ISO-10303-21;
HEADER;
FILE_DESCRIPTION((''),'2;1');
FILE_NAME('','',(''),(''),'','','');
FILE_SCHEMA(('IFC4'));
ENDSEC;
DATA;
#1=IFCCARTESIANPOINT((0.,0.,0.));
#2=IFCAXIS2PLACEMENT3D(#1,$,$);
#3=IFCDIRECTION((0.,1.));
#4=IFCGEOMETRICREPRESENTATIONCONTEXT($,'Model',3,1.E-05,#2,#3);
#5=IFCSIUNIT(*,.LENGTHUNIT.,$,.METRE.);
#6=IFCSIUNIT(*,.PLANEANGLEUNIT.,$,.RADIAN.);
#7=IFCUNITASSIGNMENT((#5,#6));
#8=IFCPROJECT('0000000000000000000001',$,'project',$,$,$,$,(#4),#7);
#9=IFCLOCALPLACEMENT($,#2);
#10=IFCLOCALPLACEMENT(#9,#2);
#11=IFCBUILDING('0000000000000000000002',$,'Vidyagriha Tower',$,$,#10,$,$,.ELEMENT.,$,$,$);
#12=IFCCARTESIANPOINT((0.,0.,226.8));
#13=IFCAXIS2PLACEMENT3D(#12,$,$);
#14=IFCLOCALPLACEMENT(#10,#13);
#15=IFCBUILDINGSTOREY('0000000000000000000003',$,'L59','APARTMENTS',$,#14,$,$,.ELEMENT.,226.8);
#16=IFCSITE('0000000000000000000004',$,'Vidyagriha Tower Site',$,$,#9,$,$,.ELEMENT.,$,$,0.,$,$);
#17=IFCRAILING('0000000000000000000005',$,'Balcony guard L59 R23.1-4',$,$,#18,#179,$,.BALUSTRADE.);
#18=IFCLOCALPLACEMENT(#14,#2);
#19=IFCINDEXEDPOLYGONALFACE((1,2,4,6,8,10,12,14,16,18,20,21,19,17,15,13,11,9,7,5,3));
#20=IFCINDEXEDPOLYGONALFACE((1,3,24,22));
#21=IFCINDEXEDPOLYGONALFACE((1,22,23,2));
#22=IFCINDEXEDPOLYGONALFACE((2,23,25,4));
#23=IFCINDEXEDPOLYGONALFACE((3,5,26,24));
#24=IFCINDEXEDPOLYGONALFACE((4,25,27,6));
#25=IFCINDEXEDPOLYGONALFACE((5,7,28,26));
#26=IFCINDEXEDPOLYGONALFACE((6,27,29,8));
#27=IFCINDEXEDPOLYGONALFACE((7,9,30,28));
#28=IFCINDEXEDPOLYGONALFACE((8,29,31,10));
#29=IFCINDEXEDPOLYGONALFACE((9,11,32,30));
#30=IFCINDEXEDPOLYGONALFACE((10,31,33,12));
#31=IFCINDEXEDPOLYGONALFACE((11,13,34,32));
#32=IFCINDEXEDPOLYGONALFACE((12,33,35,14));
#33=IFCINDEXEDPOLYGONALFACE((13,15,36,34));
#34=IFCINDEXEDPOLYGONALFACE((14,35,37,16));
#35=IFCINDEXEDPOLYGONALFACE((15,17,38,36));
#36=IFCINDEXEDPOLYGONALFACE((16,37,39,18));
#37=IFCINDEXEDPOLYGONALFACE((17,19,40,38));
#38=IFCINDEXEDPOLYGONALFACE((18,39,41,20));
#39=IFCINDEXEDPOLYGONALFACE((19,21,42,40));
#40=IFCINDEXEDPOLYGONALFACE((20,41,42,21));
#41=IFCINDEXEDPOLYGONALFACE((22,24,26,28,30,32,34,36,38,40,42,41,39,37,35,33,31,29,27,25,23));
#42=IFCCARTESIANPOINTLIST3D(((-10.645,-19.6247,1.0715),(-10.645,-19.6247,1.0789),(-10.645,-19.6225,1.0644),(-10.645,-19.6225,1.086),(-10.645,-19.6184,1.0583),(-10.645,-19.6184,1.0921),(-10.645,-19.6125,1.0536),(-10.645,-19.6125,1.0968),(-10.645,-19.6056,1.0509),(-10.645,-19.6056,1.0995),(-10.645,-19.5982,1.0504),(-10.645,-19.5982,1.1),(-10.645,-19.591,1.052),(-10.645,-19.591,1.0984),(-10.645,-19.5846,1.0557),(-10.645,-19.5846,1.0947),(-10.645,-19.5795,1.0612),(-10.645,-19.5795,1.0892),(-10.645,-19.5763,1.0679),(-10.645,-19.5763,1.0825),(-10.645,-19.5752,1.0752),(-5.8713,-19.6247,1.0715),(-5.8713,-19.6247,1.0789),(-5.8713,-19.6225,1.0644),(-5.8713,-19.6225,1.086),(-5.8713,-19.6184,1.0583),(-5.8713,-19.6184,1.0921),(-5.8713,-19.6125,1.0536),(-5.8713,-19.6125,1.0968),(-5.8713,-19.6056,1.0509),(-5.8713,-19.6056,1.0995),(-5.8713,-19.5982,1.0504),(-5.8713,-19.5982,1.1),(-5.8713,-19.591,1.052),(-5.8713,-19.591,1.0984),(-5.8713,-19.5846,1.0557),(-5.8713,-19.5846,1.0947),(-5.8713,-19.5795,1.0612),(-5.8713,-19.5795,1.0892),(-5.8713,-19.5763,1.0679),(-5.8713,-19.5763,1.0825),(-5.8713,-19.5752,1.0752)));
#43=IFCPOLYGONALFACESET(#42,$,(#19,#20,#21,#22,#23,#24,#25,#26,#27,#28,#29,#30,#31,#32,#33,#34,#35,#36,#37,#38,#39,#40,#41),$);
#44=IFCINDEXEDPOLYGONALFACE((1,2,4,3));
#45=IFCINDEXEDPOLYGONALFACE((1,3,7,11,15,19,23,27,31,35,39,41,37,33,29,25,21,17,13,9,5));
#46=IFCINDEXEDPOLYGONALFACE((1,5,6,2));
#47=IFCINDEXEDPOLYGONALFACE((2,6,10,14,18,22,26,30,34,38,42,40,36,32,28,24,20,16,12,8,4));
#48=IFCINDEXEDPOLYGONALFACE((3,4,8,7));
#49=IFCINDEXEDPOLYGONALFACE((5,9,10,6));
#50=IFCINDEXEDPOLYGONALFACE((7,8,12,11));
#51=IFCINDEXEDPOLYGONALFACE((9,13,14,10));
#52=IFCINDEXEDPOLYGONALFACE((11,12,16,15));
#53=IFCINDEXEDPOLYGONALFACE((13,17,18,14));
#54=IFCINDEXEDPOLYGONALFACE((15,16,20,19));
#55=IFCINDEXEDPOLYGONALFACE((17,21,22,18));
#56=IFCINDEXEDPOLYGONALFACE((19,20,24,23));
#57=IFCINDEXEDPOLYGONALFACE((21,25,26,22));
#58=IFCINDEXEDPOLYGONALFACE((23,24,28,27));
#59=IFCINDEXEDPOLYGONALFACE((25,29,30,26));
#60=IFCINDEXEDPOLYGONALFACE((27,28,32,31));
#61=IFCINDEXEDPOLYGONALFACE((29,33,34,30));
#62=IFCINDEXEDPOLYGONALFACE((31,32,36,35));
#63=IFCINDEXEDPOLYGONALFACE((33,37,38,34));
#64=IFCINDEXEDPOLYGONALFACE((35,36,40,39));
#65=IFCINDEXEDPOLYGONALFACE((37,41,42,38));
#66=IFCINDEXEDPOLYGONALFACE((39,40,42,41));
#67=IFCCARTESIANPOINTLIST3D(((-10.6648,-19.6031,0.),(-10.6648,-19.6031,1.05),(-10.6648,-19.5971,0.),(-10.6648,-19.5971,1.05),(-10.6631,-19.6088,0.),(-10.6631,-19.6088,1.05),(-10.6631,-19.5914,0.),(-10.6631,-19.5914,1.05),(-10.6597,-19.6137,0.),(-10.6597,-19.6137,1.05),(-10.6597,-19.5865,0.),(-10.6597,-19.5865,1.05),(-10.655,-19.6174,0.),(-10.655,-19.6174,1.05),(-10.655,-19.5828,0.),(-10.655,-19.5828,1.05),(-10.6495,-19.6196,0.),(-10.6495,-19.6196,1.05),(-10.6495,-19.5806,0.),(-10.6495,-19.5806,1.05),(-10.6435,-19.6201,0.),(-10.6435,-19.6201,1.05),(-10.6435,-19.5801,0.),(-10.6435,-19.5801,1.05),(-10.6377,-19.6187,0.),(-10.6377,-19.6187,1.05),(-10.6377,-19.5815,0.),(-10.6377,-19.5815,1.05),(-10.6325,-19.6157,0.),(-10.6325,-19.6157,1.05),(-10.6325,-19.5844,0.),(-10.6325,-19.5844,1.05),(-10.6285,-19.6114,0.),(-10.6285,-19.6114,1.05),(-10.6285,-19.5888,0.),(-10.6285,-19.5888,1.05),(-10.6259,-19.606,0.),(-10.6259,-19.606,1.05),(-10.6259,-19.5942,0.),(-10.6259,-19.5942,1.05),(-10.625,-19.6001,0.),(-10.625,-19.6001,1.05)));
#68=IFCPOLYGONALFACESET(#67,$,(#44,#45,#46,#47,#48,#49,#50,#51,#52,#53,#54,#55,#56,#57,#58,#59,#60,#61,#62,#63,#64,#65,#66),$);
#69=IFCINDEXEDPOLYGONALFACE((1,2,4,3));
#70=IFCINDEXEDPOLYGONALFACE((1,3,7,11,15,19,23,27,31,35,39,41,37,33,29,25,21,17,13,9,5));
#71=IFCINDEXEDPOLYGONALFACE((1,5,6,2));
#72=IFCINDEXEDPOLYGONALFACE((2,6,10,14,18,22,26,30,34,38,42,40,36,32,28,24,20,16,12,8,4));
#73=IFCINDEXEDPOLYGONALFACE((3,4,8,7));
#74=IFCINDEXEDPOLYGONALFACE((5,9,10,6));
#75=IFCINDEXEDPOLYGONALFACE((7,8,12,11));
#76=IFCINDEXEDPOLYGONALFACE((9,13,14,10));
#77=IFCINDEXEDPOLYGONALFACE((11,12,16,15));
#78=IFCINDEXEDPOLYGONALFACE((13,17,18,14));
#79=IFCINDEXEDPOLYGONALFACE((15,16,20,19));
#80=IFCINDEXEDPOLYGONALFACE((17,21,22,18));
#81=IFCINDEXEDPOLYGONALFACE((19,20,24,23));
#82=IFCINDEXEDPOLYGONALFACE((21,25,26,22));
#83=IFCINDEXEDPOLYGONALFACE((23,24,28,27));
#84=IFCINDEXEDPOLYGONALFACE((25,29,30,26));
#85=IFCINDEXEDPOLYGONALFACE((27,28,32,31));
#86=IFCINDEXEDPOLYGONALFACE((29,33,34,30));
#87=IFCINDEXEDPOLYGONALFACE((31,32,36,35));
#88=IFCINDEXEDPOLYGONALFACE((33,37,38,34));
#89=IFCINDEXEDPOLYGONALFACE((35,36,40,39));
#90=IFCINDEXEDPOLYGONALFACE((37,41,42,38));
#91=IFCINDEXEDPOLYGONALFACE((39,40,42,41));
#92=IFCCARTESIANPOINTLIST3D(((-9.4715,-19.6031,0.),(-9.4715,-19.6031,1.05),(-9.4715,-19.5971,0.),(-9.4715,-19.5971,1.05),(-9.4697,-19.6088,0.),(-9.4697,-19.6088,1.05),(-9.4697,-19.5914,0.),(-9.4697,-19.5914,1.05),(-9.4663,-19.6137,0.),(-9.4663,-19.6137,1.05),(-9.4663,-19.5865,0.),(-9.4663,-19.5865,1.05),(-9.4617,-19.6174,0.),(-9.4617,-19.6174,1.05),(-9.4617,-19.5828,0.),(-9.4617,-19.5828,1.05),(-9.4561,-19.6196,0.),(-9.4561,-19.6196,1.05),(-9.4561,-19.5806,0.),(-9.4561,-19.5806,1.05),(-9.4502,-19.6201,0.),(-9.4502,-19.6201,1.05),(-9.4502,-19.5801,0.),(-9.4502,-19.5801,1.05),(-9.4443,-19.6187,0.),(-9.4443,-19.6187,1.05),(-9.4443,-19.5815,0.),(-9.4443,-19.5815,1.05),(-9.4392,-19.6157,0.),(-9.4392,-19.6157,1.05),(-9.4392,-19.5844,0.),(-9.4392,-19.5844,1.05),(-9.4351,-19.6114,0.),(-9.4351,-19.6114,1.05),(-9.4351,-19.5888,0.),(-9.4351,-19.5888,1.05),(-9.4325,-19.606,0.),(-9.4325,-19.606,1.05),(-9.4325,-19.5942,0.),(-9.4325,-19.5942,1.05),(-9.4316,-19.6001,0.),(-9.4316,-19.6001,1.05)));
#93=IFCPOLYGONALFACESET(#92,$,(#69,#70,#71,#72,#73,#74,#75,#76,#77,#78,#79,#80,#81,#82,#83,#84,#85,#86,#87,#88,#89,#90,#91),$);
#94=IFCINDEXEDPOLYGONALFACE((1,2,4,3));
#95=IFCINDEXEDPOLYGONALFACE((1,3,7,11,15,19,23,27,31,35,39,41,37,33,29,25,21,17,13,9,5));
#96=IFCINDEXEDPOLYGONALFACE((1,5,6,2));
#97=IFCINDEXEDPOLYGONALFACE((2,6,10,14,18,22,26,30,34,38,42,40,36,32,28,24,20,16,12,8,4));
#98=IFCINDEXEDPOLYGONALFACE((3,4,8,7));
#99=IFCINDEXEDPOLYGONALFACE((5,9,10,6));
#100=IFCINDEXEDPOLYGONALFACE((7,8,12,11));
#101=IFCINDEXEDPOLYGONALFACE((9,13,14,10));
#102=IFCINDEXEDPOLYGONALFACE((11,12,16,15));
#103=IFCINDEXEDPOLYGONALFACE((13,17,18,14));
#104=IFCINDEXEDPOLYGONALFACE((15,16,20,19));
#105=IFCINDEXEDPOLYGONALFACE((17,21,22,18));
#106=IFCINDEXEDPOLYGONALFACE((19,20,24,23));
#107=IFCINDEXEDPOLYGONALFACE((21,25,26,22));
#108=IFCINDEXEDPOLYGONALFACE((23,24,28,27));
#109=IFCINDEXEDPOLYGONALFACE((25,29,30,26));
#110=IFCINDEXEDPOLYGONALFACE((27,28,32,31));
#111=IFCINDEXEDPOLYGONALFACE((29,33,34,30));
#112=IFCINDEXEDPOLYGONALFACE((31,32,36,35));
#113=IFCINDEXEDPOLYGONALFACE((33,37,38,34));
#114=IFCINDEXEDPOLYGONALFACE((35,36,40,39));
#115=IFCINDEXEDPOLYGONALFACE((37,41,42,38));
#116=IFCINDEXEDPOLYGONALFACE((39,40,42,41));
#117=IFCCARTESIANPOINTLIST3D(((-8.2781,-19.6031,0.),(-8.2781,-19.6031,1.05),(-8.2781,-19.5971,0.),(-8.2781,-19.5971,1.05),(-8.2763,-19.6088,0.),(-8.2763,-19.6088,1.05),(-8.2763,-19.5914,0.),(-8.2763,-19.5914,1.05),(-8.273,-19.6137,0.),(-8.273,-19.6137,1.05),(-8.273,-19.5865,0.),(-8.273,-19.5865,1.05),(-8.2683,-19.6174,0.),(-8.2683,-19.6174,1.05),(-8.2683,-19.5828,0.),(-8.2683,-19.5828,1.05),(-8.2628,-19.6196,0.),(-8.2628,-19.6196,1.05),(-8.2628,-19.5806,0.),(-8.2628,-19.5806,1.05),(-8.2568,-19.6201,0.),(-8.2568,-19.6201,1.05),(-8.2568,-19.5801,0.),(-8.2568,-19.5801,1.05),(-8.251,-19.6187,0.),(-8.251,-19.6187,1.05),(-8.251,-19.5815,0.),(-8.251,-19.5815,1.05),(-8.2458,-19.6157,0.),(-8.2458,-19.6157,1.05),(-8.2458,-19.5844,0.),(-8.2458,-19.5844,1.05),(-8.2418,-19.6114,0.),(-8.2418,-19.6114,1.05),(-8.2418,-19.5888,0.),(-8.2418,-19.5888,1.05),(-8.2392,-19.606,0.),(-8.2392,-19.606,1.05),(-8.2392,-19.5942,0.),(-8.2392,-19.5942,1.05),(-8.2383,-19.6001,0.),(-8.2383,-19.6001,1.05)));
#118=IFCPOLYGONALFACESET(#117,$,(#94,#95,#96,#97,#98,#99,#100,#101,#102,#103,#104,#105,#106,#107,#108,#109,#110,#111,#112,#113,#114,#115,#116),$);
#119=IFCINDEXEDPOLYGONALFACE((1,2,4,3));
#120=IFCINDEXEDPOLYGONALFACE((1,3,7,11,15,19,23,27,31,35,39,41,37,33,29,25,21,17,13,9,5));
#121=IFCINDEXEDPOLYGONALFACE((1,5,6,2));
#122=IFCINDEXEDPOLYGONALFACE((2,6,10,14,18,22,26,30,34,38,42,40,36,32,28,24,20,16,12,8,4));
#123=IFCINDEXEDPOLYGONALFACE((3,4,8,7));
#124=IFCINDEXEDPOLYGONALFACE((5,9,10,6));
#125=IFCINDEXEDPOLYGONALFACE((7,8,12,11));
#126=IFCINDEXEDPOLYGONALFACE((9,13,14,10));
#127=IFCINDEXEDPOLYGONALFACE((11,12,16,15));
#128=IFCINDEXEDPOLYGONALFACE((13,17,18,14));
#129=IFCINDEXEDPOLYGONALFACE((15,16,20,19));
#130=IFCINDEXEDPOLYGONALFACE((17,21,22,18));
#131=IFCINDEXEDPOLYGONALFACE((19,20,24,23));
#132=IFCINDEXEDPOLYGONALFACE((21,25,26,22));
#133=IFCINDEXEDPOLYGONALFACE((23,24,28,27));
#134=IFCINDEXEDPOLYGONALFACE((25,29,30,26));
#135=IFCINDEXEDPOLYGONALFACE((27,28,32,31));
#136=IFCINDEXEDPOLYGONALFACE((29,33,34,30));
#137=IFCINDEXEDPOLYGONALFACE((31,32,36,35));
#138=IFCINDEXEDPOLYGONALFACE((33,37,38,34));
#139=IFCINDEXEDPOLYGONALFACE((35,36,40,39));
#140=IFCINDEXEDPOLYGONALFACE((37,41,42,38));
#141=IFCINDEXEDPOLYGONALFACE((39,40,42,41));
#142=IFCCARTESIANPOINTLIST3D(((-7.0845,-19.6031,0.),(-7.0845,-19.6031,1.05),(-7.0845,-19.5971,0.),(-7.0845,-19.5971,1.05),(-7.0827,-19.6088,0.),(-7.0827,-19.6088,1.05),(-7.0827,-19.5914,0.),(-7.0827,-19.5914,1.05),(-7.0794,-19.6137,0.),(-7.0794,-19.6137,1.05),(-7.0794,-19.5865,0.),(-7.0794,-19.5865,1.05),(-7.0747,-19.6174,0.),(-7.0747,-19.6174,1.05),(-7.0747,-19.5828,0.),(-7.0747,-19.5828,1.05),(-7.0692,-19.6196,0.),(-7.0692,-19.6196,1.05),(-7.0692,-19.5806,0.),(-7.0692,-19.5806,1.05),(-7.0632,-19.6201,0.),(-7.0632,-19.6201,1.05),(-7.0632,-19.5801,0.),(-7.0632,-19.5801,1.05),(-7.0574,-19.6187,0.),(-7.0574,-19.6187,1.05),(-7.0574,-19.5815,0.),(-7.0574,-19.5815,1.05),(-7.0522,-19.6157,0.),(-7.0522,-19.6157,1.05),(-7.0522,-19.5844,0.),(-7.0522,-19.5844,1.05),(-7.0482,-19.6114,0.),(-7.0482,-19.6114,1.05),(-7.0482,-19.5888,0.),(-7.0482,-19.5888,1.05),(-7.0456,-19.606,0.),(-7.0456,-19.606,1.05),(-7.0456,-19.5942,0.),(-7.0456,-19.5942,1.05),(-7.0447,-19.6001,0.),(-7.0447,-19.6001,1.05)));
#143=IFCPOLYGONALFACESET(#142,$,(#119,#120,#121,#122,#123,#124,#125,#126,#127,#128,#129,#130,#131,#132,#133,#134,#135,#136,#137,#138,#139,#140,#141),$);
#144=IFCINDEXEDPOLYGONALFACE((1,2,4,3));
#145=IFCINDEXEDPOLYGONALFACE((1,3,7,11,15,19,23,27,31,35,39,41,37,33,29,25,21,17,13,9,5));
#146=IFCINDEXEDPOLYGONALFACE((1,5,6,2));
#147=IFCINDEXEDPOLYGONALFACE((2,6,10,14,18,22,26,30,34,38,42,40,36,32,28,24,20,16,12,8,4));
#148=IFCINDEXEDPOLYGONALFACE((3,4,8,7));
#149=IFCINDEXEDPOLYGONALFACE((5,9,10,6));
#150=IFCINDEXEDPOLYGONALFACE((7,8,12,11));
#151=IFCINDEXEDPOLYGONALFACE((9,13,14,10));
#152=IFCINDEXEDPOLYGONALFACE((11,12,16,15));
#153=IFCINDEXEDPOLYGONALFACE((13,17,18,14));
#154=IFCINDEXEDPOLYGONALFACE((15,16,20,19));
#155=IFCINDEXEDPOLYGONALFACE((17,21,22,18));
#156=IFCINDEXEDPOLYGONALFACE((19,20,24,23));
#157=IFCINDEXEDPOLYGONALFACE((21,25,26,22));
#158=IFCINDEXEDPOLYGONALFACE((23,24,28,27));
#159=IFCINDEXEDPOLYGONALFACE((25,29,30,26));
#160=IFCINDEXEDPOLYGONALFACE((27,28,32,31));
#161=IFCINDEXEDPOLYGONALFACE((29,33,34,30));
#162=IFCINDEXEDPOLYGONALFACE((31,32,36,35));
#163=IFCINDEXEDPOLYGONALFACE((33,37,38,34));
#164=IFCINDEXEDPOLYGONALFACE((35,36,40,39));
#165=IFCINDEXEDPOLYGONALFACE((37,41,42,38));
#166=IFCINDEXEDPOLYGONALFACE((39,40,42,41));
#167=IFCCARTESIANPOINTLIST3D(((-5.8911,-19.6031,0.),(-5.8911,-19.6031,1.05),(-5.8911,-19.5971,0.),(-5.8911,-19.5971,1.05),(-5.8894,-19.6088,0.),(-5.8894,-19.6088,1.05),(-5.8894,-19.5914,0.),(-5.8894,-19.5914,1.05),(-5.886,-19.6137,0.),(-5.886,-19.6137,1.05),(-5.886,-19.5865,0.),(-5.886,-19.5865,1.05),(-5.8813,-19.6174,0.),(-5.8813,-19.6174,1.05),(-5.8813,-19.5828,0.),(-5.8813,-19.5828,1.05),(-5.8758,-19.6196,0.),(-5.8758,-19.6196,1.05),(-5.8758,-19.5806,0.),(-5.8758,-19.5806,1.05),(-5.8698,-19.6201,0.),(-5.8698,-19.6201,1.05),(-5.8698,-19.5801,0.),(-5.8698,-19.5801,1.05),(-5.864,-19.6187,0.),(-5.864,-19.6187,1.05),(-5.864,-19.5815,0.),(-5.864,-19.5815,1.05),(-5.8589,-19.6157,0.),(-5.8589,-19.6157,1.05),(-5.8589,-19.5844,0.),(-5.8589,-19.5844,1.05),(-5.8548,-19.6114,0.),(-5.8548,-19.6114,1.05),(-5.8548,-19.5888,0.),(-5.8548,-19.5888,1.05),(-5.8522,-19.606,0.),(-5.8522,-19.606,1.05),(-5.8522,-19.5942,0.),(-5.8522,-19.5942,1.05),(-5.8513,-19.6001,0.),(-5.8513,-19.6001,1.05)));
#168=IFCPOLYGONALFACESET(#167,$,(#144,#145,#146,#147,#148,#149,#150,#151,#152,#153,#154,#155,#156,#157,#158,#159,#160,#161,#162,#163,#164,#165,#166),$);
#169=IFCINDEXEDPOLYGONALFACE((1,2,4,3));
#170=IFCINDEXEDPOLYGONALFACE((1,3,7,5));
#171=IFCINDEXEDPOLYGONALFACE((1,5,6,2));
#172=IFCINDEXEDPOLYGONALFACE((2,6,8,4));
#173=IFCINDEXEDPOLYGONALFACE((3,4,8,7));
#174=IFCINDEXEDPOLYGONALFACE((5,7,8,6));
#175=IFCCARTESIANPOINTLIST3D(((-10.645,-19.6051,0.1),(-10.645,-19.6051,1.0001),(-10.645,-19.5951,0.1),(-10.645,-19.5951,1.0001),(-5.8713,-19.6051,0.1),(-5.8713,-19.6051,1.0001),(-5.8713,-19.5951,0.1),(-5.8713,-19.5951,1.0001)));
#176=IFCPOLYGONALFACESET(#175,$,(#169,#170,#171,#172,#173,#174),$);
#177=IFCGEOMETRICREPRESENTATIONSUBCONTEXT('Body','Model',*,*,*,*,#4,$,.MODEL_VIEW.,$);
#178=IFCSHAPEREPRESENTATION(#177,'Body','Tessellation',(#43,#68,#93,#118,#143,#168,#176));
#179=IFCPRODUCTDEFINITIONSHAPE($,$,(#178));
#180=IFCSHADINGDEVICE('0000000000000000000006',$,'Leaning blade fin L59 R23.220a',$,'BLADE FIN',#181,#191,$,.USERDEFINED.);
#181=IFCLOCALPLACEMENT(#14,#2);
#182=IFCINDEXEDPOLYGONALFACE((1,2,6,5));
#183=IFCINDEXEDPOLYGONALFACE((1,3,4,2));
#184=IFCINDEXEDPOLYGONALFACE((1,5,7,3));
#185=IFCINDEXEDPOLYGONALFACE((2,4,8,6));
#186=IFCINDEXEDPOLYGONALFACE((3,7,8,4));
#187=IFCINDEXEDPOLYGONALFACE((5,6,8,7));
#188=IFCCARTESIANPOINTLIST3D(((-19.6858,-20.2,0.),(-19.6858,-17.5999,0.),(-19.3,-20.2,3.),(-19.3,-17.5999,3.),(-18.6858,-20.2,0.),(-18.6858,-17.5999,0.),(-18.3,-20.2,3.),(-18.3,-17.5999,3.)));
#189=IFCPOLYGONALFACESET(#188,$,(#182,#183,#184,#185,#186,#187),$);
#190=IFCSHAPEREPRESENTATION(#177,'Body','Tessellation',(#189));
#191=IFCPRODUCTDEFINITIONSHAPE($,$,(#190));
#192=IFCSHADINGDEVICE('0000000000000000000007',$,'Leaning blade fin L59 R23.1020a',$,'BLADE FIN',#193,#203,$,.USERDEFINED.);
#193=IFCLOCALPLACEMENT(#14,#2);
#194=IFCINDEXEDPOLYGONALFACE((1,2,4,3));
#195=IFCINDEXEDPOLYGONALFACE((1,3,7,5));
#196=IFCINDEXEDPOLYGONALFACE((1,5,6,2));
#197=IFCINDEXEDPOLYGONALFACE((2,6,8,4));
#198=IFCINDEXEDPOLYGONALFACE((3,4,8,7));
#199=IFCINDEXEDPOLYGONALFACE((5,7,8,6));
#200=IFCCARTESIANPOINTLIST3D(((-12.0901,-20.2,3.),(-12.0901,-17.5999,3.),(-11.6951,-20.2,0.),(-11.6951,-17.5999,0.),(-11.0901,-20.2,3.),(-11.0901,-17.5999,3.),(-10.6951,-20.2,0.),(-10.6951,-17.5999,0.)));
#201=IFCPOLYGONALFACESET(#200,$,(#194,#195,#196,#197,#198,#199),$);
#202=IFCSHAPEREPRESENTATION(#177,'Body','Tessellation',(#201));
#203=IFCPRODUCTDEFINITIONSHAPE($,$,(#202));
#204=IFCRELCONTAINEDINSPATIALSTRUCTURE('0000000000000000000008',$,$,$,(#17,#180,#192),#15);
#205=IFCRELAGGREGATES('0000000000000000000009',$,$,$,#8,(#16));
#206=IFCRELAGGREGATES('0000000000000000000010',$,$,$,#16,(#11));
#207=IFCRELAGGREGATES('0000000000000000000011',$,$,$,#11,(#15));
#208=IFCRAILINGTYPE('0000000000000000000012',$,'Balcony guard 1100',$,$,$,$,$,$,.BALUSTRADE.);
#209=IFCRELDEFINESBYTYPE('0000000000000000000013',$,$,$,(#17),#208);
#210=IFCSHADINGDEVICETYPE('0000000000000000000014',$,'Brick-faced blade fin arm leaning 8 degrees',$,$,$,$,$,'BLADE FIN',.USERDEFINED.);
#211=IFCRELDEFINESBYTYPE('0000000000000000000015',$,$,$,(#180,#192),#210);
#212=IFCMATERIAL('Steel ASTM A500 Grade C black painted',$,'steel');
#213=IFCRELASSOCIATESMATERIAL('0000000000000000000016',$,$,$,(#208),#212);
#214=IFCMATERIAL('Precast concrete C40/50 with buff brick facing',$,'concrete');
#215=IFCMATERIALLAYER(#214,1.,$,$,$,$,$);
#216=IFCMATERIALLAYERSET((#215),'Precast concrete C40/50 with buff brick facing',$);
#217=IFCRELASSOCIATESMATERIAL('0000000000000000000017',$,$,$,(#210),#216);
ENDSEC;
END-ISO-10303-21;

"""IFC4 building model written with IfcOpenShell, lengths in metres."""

from ifc_helpers import new_model, si_unit, direction, frame, origin, origin_2d, place, context, subcontext, project, spatial, polyline, rectangle, circle, outline, extrude, material, layer, layer_set, type_object, element, save


model = new_model("IFC4")

# Units and contexts
model_context = context("Model", 3, precision=1e-05, world=origin(), true_north=direction((0.0, 1.0)))
body_context = subcontext(model_context, "Body", "Model", "MODEL_VIEW")
ifc_project = project(units=[si_unit("LENGTHUNIT", "METRE"), si_unit("PLANEANGLEUNIT", "RADIAN")], contexts=[model_context])

# Site, building, storey
site_placement = place(None, origin())
site = spatial("IfcSite", under=ifc_project, at=site_placement, Name="Vidyagriha Tower Site", CompositionType="ELEMENT", RefElevation=0.0)
building_placement = place(site_placement, origin())
building = spatial("IfcBuilding", under=site, at=building_placement, Name="Vidyagriha Tower", CompositionType="ELEMENT")
storey_placement = place(building_placement, frame((0.0, 0.0, 226.8)))
storey = spatial("IfcBuildingStorey", under=building, at=storey_placement, Name="L59", Description="APARTMENTS", CompositionType="ELEMENT", Elevation=226.8)

# Railing
ifc_material_1 = material(Name="Steel ASTM A500 Grade C black painted", Category="steel")
railing_type = type_object("IfcRailingType", Name="Balcony guard 1100", PredefinedType="BALUSTRADE", material=ifc_material_1)
railing_1_placement = place(storey_placement, frame((-10.645, -19.6001, 0.0)))
element("IfcRailing", 1, at=railing_1_placement, inside=storey, type_object=railing_type, Name="Balcony guard L59 R23.1-4", PredefinedType="BALUSTRADE", context=body_context, shape_type="SweptSolid", body=[
    extrude(circle(Radius=0.0249, at=origin_2d()), frame((0.0, 0.0, 1.0752), z_axis=(1.0, 0.0, 0.0), x_axis=(0.0, 1.0, 0.0)), (0.0, 0.0, 1.0), 4.7737),
    extrude(circle(Radius=0.02, at=origin_2d()), origin(), (0.0, 0.0, 1.0), 1.05),
    extrude(circle(Radius=0.02, at=origin_2d()), frame((1.1934, 0.0, 0.0)), (0.0, 0.0, 1.0), 1.05),
    extrude(circle(Radius=0.02, at=origin_2d()), frame((2.3867, 0.0, 0.0)), (0.0, 0.0, 1.0), 1.05),
    extrude(circle(Radius=0.02, at=origin_2d()), frame((3.5803, 0.0, 0.0)), (0.0, 0.0, 1.0), 1.05),
    extrude(circle(Radius=0.02, at=origin_2d()), frame((4.7737, 0.0, 0.0)), (0.0, 0.0, 1.0), 1.05),
    extrude(rectangle(XDim=0.01, YDim=0.9001, at=origin_2d()), frame((0.0, 0.0, 0.55), z_axis=(1.0, 0.0, 0.0), x_axis=(0.0, 1.0, 0.0)), (0.0, 0.0, 1.0), 4.7737),
])

# Shading devices
ifc_material_2 = material(Name="Precast concrete C40/50 with buff brick facing", Category="concrete")
ifc_layer_1 = layer(ifc_material_2, 1.0)
ifc_layer_set_1 = layer_set([ifc_layer_1], Name="Precast concrete C40/50 with buff brick facing")
shading_device_type = type_object("IfcShadingDeviceType", Name="Brick-faced blade fin arm leaning 8 degrees", ElementType="BLADE FIN", PredefinedType="USERDEFINED", material=ifc_layer_set_1)
shading_device_1_placement = place(storey_placement, frame((-19.6858, -18.8999, 0.0)))
element("IfcShadingDevice", 2, at=shading_device_1_placement, inside=storey, type_object=shading_device_type, Name="Leaning blade fin L59 R23.220a", ObjectType="BLADE FIN", PredefinedType="USERDEFINED", context=body_context, shape_type="SweptSolid", body=[
    extrude(outline(polyline([(0.0, 0.0), (1.0, 0.0), (1.3857, 3.0), (0.3857, 3.0), (0.0, 0.0)])), frame((0.0, 1.3, 0.0), z_axis=(0.0, -1.0, 0.0), x_axis=(1.0, 0.0, 0.0)), (0.0, 0.0, 1.0), 2.6001),
])
shading_device_2_placement = place(storey_placement, frame((-12.0901, -18.8999, 0.0)))
element("IfcShadingDevice", 3, at=shading_device_2_placement, inside=storey, type_object=shading_device_type, Name="Leaning blade fin L59 R23.1020a", ObjectType="BLADE FIN", PredefinedType="USERDEFINED", context=body_context, shape_type="SweptSolid", body=[
    extrude(outline(polyline([(0.395, 0.0), (1.395, 0.0), (1.0, 3.0), (0.0, 3.0), (0.395, 0.0)])), frame((0.0, 1.3, 0.0), z_axis=(0.0, -1.0, 0.0), x_axis=(1.0, 0.0, 0.0)), (0.0, 0.0, 1.0), 2.6001),
])

save(model, "model.ifc")
